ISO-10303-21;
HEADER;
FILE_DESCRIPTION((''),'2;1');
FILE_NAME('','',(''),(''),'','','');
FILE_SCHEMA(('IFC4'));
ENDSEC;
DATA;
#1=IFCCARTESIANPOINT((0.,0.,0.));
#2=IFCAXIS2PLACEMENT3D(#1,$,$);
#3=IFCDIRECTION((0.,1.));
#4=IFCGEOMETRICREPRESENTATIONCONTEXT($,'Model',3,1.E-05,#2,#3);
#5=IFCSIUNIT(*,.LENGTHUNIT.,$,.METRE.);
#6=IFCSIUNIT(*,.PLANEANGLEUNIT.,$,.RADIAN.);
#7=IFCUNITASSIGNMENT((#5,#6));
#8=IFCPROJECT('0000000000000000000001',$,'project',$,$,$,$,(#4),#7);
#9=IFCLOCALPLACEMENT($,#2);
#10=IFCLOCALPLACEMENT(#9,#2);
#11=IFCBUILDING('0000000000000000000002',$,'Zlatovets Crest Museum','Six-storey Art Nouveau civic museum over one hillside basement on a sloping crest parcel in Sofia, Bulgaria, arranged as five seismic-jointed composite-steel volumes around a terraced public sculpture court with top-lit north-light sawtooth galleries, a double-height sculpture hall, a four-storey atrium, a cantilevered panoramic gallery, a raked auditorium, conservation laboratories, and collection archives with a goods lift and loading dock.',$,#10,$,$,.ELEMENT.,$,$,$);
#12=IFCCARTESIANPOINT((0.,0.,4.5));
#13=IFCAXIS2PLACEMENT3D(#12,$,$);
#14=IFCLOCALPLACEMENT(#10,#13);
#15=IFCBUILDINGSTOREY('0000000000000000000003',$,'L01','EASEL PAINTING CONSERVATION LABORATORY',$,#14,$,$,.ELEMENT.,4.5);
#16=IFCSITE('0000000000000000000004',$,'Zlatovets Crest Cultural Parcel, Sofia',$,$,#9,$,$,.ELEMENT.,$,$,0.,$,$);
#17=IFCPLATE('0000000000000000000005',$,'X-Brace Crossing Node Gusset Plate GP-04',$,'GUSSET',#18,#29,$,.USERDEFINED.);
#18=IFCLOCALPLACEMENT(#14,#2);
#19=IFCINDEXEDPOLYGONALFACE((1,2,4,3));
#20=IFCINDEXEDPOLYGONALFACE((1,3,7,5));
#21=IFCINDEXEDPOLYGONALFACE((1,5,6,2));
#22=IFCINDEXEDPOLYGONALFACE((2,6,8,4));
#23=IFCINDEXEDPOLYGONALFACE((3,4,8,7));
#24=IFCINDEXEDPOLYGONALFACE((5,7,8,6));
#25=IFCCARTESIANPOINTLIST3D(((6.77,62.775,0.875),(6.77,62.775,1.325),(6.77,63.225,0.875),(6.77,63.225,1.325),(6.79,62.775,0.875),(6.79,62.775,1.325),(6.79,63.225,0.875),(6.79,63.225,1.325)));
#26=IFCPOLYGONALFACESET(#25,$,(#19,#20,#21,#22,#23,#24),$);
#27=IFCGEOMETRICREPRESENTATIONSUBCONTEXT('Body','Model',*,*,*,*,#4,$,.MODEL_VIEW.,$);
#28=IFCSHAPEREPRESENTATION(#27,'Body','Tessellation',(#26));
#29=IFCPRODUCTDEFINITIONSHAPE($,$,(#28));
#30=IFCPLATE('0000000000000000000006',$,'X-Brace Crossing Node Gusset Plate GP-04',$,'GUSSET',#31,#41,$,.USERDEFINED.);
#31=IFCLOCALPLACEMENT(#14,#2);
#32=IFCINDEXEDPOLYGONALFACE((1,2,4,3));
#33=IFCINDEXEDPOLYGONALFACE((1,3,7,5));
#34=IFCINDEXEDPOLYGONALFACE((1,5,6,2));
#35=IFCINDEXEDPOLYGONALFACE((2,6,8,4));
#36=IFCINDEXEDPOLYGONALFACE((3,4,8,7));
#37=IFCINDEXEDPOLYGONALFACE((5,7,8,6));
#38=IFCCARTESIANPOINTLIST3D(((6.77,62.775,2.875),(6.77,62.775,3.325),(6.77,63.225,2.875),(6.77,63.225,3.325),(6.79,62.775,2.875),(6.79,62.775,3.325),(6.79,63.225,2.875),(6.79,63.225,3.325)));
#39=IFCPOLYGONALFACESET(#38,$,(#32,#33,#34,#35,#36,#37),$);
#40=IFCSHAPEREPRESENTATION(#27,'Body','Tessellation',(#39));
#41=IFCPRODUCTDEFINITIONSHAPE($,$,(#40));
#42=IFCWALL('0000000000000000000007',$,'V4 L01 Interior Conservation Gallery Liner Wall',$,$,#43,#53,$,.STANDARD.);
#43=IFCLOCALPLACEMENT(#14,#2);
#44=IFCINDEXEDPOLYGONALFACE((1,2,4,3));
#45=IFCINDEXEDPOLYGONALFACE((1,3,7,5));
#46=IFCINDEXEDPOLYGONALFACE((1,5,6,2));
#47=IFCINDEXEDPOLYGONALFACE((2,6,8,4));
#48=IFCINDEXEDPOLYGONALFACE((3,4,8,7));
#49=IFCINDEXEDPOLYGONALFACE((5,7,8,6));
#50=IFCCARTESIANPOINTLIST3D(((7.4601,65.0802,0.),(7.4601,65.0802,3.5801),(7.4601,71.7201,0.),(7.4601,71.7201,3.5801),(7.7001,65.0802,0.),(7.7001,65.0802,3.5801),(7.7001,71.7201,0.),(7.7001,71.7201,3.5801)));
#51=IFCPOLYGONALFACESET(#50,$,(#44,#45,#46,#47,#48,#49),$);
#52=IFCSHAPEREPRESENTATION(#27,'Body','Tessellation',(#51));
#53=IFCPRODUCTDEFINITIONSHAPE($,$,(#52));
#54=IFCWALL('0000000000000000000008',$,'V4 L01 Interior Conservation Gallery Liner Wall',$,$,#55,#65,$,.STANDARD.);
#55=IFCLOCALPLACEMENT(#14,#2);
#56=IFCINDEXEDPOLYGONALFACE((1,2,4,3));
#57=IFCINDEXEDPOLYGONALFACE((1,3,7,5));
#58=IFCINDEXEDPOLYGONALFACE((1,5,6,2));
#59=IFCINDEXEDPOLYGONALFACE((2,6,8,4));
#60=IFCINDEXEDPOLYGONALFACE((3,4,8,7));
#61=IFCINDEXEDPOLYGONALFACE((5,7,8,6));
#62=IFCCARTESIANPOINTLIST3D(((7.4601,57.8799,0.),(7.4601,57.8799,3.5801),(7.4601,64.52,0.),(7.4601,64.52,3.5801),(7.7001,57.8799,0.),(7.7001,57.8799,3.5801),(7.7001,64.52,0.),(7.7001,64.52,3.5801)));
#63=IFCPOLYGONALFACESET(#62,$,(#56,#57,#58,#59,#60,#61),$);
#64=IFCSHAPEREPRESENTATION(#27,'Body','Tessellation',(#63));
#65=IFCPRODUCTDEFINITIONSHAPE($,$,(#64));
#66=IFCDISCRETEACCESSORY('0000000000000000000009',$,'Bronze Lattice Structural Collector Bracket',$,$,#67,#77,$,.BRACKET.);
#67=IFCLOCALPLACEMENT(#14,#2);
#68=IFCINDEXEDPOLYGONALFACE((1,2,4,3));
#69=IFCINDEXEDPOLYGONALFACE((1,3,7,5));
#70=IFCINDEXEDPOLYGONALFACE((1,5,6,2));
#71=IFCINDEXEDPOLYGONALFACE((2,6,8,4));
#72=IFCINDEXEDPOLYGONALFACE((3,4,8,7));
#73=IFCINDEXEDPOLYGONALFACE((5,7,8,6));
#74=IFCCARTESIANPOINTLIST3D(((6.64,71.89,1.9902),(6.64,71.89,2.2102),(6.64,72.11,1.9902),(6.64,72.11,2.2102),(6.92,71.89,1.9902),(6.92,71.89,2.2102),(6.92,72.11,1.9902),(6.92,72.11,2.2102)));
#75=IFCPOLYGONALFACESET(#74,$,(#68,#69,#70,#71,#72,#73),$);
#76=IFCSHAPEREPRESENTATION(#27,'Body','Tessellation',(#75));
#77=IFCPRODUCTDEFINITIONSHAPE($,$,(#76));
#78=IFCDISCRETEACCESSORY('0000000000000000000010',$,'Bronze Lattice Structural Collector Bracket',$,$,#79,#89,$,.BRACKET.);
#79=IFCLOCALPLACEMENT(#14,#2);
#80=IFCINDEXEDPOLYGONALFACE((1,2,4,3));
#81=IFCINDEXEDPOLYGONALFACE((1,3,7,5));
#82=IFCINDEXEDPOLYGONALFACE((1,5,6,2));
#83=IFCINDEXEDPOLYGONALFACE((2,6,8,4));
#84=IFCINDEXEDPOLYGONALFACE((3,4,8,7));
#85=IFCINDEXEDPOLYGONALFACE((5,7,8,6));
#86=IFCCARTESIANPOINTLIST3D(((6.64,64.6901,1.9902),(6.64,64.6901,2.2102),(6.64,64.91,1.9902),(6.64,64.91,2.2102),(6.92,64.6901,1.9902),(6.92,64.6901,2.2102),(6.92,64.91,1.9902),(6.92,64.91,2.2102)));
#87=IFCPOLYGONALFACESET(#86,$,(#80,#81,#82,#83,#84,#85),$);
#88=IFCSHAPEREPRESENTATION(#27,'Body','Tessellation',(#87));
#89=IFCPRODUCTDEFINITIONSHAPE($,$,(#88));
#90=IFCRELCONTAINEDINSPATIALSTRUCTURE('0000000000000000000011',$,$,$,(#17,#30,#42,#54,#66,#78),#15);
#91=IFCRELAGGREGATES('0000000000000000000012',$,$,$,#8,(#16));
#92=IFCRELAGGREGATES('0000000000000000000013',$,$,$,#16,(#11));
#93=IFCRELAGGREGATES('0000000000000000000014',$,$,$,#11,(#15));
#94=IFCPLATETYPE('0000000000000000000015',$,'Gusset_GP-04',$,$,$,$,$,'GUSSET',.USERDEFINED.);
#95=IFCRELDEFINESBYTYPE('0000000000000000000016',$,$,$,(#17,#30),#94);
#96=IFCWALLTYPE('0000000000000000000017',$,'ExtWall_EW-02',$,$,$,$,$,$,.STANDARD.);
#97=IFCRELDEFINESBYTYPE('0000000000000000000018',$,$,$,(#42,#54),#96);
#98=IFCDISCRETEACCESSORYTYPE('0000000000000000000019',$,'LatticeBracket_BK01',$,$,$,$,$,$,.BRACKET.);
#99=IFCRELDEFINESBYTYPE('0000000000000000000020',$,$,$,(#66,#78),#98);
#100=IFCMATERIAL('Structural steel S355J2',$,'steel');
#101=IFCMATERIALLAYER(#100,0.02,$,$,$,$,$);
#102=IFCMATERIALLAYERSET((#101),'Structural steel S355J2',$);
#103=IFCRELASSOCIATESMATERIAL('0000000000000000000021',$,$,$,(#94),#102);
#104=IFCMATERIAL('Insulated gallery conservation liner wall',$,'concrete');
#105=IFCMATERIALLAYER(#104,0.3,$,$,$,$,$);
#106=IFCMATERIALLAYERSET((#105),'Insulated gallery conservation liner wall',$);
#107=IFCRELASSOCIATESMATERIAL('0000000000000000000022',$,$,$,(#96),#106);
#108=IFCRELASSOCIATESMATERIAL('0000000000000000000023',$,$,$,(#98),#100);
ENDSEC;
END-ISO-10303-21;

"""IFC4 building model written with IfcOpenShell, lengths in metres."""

from ifc_helpers import new_model, si_unit, direction, frame, frame_2d, origin, origin_2d, place, context, subcontext, project, spatial, rectangle, extrude, material, layer, layer_set, type_object, element, save


model = new_model("IFC4")

# Units and contexts
model_context = context("Model", 3, precision=1e-05, world=origin(), true_north=direction((0.0, 1.0)))
body_context = subcontext(model_context, "Body", "Model", "MODEL_VIEW")
ifc_project = project(units=[si_unit("LENGTHUNIT", "METRE"), si_unit("PLANEANGLEUNIT", "RADIAN")], contexts=[model_context])

# Site, building, storey
site_placement = place(None, origin())
site = spatial("IfcSite", under=ifc_project, at=site_placement, Name="Zlatovets Crest Cultural Parcel, Sofia", CompositionType="ELEMENT", RefElevation=0.0)
building_placement = place(site_placement, origin())
building = spatial("IfcBuilding", under=site, at=building_placement, Name="Zlatovets Crest Museum", Description="Six-storey Art Nouveau civic museum over one hillside basement on a sloping crest parcel in Sofia, Bulgaria, arranged as five seismic-jointed composite-steel volumes around a terraced public sculpture court with top-lit north-light sawtooth galleries, a double-height sculpture hall, a four-storey atrium, a cantilevered panoramic gallery, a raked auditorium, conservation laboratories, and collection archives with a goods lift and loading dock.", CompositionType="ELEMENT")
storey_placement = place(building_placement, frame((0.0, 0.0, 4.5)))
storey = spatial("IfcBuildingStorey", under=building, at=storey_placement, Name="L01", Description="EASEL PAINTING CONSERVATION LABORATORY", CompositionType="ELEMENT", Elevation=4.5)

# Shared definitions
ifc_material_1 = material(Name="Structural steel S355J2", Category="steel")

# Plates
ifc_layer_1 = layer(ifc_material_1, 0.02)
ifc_layer_set_1 = layer_set([ifc_layer_1], Name="Structural steel S355J2")
plate_type_1 = type_object("IfcPlateType", Name="Gusset_GP-04", ElementType="GUSSET", PredefinedType="USERDEFINED", material=ifc_layer_set_1)
for number, where, z_axis, x_axis, name in (
    (1, (6.78, 63.0, 0.875), (0.0, 0.0, 1.0), (1.0, 0.0, 0.0), "X-Brace Crossing Node Gusset Plate GP-04"),
    (2, (6.78, 63.0, 2.875), (0.0, 0.0, 1.0), (1.0, 0.0, 0.0), "X-Brace Crossing Node Gusset Plate GP-04"),
):
    element("IfcPlate", number, at=place(storey_placement, frame(where, z_axis=z_axis, x_axis=x_axis)), inside=storey, type_object=plate_type_1, Name=name, ObjectType="GUSSET", PredefinedType="USERDEFINED", context=body_context, shape_type="SweptSolid", body=[
        extrude(rectangle(XDim=0.02, YDim=0.45, at=origin_2d()), origin(), (0.0, 0.0, 1.0), 0.45),
    ])

# Walls
ifc_material_2 = material(Name="Insulated gallery conservation liner wall", Category="concrete")
ifc_layer_2 = layer(ifc_material_2, 0.3)
ifc_layer_set_2 = layer_set([ifc_layer_2], Name="Insulated gallery conservation liner wall")
wall_type = type_object("IfcWallType", Name="ExtWall_EW-02", PredefinedType="STANDARD", material=ifc_layer_set_2)
wall_1_placement = place(storey_placement, frame((7.5801, 71.72, 0.0), z_axis=(0.0, 0.0, 1.0), x_axis=(0.0, -1.0, 0.0)))
element("IfcWall", 3, at=wall_1_placement, inside=storey, type_object=wall_type, Name="V4 L01 Interior Conservation Gallery Liner Wall", PredefinedType="STANDARD", context=body_context, shape_type="SweptSolid", body=[
    extrude(rectangle(XDim=6.6399, YDim=0.24, at=frame_2d((3.3198, 0.0))), origin(), (0.0, 0.0, 1.0), 3.5801),
])
wall_2_placement = place(storey_placement, frame((7.5801, 64.52, 0.0), z_axis=(0.0, 0.0, 1.0), x_axis=(0.0, -1.0, 0.0)))
element("IfcWall", 4, at=wall_2_placement, inside=storey, type_object=wall_type, Name="V4 L01 Interior Conservation Gallery Liner Wall", PredefinedType="STANDARD", context=body_context, shape_type="SweptSolid", body=[
    extrude(rectangle(XDim=6.6401, YDim=0.24, at=frame_2d((3.3201, 0.0))), origin(), (0.0, 0.0, 1.0), 3.5801),
])

# Discrete accessories
discrete_accessory_type = type_object("IfcDiscreteAccessoryType", Name="LatticeBracket_BK01", PredefinedType="BRACKET", material=ifc_material_1)
for number, where, z_axis, x_axis, name in (
    (5, (6.78, 72.0, 1.9902), (0.0, 0.0, 1.0), (1.0, 0.0, 0.0), "Bronze Lattice Structural Collector Bracket"),
    (6, (6.78, 64.8, 1.9902), (0.0, 0.0, 1.0), (1.0, 0.0, 0.0), "Bronze Lattice Structural Collector Bracket"),
):
    element("IfcDiscreteAccessory", number, at=place(storey_placement, frame(where, z_axis=z_axis, x_axis=x_axis)), inside=storey, type_object=discrete_accessory_type, Name=name, PredefinedType="BRACKET", context=body_context, shape_type="SweptSolid", body=[
        extrude(rectangle(XDim=0.28, YDim=0.22, at=origin_2d()), origin(), (0.0, 0.0, 1.0), 0.22),
    ])

save(model, "model.ifc")
